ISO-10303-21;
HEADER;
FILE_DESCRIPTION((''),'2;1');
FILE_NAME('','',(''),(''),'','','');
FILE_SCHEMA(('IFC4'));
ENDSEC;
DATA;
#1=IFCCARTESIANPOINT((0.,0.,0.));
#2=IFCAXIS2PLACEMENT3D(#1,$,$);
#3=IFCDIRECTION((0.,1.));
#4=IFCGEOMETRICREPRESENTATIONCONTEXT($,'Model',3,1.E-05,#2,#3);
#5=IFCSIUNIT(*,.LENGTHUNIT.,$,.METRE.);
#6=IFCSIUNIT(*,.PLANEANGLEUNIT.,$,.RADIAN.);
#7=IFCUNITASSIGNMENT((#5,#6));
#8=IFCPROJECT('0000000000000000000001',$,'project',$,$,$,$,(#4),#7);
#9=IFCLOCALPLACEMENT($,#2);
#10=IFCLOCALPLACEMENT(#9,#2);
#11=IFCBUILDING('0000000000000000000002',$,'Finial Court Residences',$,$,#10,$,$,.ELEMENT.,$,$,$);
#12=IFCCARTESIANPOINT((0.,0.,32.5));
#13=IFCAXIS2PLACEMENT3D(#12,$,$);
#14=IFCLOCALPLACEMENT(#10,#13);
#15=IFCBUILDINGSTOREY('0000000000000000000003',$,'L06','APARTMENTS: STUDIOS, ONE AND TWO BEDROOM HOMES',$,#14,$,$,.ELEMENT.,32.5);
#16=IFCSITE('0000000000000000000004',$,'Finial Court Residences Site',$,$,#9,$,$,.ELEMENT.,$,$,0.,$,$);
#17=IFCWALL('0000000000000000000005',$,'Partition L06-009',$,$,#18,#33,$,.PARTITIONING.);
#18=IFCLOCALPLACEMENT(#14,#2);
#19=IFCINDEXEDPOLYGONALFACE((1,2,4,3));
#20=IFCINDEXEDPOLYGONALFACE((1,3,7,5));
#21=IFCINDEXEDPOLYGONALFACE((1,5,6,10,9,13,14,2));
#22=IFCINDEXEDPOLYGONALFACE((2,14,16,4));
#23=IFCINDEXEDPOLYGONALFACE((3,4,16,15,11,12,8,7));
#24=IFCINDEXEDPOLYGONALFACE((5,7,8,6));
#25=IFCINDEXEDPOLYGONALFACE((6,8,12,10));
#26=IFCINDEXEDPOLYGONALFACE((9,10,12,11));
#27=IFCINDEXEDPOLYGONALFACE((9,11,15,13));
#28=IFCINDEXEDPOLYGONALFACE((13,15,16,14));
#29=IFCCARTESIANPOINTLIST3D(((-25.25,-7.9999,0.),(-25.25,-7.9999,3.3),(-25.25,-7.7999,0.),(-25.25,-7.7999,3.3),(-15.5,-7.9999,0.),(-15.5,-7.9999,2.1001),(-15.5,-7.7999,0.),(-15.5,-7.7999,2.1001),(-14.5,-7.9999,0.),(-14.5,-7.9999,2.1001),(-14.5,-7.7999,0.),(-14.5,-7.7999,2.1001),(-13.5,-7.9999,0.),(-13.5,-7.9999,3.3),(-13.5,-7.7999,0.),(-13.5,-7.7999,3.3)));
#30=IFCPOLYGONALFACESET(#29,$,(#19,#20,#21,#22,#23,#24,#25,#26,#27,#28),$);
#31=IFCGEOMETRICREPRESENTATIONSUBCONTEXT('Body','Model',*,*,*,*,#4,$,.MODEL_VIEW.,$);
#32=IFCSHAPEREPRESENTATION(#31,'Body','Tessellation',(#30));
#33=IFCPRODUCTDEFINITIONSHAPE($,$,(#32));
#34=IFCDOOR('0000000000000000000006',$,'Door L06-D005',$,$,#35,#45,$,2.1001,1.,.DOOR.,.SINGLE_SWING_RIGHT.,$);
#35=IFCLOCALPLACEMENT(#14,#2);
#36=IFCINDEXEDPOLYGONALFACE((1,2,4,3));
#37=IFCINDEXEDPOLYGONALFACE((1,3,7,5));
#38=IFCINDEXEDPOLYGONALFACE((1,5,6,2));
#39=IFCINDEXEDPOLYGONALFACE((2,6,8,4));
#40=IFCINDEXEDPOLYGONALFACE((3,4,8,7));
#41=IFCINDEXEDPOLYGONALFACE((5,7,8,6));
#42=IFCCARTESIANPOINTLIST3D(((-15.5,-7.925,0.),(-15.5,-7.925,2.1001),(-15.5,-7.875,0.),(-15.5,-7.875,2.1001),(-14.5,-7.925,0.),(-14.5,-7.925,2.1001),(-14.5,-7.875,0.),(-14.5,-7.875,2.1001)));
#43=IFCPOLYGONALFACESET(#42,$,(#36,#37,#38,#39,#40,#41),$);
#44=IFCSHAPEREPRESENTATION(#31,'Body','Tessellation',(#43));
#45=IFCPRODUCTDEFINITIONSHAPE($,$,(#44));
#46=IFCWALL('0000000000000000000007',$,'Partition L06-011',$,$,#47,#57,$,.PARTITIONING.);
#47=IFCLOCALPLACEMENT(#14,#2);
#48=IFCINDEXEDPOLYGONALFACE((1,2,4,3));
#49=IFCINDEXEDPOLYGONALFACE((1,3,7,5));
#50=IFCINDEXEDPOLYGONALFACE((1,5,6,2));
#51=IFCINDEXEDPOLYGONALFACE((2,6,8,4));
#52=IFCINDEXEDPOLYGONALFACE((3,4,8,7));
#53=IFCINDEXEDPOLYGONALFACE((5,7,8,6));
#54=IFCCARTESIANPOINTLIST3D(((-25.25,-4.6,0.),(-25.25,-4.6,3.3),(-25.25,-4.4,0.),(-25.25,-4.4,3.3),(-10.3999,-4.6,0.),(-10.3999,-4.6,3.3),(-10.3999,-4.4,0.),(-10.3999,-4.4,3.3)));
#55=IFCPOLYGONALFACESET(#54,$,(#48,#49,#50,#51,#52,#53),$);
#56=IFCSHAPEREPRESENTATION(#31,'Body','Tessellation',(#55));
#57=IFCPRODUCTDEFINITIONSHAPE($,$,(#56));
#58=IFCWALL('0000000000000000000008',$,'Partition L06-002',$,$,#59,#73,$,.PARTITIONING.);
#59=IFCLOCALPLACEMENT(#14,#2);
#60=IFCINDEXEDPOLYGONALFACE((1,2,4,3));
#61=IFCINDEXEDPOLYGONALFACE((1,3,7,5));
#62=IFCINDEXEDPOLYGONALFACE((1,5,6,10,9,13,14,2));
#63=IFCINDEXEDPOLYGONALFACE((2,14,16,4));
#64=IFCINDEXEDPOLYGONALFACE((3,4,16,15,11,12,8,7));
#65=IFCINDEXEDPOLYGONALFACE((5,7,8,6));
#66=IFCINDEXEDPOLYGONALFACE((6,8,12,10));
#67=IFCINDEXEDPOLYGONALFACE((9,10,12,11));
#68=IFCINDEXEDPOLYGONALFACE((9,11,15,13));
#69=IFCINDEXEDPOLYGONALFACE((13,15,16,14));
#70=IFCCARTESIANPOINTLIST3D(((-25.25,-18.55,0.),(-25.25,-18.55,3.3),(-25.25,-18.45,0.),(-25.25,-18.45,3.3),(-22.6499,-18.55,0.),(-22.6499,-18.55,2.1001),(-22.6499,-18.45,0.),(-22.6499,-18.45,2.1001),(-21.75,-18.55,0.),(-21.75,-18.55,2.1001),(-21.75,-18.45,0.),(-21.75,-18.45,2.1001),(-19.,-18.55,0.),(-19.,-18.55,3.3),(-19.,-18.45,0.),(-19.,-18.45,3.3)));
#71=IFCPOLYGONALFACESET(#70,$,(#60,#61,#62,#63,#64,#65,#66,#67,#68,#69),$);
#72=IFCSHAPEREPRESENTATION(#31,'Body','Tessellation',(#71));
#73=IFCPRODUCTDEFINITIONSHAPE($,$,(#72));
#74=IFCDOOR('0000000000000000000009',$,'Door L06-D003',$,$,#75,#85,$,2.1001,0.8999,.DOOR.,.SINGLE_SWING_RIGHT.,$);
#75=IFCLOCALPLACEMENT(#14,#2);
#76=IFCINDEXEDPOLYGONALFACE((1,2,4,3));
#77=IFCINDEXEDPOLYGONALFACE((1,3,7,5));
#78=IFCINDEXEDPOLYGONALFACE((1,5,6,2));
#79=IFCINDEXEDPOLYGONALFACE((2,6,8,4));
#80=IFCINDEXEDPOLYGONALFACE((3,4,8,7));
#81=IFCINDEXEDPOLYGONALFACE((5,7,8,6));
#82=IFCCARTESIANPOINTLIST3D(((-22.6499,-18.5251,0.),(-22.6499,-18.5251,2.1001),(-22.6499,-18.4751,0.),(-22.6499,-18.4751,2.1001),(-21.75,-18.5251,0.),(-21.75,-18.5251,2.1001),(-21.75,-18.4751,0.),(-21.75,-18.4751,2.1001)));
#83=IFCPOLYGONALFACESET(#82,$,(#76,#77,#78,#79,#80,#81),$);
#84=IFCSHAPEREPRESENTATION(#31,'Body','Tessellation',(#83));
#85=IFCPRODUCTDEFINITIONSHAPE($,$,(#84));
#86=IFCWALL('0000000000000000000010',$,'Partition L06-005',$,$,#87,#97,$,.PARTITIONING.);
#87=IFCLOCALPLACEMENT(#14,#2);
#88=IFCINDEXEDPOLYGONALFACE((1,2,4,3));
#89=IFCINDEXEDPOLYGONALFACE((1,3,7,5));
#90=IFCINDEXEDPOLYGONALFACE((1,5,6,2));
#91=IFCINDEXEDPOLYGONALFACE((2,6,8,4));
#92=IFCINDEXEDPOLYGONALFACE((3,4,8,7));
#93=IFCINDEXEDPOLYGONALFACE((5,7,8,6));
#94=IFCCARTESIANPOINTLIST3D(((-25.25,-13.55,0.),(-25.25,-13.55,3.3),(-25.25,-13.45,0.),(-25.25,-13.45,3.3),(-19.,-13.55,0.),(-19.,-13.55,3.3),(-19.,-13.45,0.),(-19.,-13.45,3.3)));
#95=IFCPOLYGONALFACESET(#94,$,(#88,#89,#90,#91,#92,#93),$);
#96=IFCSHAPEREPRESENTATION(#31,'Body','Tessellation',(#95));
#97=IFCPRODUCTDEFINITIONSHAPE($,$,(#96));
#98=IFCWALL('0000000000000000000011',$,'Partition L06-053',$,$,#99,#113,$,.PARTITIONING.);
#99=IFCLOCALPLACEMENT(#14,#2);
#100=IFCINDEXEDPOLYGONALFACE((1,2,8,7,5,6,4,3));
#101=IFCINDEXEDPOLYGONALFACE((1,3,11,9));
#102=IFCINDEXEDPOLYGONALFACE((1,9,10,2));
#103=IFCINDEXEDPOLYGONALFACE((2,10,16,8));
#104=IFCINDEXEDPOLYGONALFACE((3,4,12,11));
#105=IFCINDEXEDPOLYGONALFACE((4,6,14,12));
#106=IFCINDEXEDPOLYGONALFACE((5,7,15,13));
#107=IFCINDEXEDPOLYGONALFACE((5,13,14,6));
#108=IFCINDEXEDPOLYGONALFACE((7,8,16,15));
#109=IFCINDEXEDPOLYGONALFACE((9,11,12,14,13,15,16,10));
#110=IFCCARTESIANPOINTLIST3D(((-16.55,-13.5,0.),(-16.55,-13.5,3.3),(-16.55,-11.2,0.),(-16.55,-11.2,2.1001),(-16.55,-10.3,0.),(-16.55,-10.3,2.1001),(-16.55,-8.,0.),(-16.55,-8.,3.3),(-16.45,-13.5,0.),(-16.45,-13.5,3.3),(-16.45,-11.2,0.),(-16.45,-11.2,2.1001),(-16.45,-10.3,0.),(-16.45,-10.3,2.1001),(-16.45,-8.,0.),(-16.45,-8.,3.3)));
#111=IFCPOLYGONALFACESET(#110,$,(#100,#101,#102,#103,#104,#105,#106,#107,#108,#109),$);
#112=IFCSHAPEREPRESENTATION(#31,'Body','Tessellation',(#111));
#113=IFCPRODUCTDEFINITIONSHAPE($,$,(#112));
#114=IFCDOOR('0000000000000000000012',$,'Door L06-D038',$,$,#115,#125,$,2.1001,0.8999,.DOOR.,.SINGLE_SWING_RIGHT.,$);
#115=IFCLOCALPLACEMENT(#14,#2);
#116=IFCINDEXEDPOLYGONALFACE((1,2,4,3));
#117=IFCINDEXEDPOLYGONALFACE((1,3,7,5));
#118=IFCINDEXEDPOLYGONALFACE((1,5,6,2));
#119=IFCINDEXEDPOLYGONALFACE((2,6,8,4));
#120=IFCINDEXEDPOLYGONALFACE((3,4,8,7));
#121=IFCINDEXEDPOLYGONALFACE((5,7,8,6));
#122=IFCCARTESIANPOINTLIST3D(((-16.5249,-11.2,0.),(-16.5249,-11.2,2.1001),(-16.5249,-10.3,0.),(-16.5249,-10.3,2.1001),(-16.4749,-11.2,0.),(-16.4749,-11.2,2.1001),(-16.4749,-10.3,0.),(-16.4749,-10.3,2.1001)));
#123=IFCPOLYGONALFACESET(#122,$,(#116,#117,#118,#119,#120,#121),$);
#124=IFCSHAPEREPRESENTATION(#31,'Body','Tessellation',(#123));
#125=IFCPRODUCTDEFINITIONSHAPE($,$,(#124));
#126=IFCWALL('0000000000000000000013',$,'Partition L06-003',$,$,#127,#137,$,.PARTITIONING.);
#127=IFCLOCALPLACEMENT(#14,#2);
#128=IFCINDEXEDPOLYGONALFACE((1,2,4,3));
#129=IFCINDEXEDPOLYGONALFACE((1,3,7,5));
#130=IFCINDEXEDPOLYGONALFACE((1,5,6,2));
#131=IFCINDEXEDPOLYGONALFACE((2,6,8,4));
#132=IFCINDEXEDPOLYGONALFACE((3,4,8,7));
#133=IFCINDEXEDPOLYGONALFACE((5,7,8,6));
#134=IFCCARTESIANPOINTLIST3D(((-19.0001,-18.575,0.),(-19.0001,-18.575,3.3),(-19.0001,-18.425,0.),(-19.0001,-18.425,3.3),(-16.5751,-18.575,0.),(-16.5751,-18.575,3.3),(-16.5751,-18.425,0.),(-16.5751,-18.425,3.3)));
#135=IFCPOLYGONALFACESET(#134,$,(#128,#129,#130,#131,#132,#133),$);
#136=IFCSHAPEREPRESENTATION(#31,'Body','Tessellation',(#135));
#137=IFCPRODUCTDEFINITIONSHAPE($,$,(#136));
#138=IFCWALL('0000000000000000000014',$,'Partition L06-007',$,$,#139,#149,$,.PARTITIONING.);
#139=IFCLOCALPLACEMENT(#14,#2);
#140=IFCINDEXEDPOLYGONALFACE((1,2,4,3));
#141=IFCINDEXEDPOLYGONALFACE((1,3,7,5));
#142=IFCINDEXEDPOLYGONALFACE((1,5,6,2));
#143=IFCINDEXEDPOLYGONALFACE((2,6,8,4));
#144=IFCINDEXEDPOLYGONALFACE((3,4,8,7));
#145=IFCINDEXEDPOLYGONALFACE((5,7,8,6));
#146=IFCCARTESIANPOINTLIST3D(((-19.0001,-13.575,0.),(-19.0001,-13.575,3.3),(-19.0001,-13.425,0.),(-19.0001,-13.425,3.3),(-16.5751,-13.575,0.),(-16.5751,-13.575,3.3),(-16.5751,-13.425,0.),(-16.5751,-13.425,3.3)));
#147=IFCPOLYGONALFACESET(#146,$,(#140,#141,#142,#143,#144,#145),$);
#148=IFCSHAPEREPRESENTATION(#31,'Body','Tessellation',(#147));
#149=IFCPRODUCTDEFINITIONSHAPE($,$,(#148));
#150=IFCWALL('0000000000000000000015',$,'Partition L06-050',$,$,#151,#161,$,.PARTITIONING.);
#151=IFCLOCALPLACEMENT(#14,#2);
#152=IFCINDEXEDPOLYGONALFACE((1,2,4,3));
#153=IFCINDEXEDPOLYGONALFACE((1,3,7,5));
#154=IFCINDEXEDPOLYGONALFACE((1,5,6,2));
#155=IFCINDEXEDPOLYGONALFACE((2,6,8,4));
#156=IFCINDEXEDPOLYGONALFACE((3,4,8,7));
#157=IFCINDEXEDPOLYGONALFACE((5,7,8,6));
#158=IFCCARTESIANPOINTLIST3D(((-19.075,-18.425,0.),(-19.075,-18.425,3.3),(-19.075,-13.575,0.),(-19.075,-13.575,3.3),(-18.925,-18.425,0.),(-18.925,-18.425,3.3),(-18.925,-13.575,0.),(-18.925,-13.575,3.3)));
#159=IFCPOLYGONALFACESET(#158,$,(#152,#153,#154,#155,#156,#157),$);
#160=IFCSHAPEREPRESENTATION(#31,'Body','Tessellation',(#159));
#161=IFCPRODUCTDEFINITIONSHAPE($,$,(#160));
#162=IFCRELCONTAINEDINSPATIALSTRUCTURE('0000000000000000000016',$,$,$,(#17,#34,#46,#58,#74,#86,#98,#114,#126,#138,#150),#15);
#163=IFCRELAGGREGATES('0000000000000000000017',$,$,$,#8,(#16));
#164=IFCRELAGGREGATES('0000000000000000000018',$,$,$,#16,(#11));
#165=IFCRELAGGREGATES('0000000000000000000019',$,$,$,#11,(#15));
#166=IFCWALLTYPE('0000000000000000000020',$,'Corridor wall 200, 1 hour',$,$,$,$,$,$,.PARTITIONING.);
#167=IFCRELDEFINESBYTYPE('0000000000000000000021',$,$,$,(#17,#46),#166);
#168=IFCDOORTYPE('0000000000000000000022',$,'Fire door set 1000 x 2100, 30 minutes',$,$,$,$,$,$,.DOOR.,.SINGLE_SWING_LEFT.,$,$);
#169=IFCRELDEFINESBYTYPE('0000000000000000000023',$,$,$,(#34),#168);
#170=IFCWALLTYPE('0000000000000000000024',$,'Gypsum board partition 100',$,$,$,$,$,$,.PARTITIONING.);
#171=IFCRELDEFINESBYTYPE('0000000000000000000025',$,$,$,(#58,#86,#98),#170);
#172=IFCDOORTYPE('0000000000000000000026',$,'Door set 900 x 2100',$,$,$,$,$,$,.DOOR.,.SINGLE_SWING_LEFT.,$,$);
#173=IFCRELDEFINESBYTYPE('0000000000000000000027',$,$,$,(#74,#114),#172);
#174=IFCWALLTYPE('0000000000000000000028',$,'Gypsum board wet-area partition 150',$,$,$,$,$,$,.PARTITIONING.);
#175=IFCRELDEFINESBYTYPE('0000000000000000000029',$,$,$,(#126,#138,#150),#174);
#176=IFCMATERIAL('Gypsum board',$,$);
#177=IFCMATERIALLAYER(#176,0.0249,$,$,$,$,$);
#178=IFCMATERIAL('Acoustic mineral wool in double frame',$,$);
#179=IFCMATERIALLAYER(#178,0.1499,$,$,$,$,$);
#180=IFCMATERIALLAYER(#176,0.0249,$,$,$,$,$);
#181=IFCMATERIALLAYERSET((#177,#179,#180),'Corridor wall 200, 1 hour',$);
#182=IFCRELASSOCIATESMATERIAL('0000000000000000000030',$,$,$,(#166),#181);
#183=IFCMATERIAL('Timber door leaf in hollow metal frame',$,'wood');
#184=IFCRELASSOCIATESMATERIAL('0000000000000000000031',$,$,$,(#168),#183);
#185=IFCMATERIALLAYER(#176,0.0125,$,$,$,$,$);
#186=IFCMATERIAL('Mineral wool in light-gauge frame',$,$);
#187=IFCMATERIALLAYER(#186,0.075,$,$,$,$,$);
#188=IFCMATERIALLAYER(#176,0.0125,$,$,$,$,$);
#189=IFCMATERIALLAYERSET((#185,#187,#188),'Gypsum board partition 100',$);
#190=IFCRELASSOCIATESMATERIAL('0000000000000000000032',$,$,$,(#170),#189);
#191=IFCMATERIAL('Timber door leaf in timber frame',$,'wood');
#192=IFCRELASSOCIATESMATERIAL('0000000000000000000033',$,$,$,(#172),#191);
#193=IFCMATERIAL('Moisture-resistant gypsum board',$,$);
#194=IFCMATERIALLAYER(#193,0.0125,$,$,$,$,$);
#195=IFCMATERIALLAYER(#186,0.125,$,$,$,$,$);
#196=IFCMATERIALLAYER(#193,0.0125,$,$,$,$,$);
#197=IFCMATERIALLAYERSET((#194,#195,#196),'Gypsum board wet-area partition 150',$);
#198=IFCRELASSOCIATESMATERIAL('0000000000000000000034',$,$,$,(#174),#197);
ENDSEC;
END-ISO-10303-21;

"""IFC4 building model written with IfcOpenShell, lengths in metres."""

from ifc_helpers import new_model, si_unit, direction, frame, frame_2d, origin, place, context, subcontext, project, spatial, rectangle, extrude, material, layer, layer_set, type_object, element, fill, save


model = new_model("IFC4")

# Units and contexts
model_context = context("Model", 3, precision=1e-05, world=origin(), true_north=direction((0.0, 1.0)))
body_context = subcontext(model_context, "Body", "Model", "MODEL_VIEW")
ifc_project = project(units=[si_unit("LENGTHUNIT", "METRE"), si_unit("PLANEANGLEUNIT", "RADIAN")], contexts=[model_context])

# Site, building, storey
site_placement = place(None, origin())
site = spatial("IfcSite", under=ifc_project, at=site_placement, Name="Finial Court Residences Site", CompositionType="ELEMENT", RefElevation=0.0)
building_placement = place(site_placement, origin())
building = spatial("IfcBuilding", under=site, at=building_placement, Name="Finial Court Residences", CompositionType="ELEMENT")
storey_placement = place(building_placement, frame((0.0, 0.0, 32.5)))
storey = spatial("IfcBuildingStorey", under=building, at=storey_placement, Name="L06", Description="APARTMENTS: STUDIOS, ONE AND TWO BEDROOM HOMES", CompositionType="ELEMENT", Elevation=32.5)

# Wall, opening, door
ifc_material_1 = material(Name="Gypsum board")
ifc_layer_1 = layer(ifc_material_1, 0.0249)
ifc_material_2 = material(Name="Acoustic mineral wool in double frame")
ifc_layer_2 = layer(ifc_material_2, 0.1499)
ifc_layer_3 = layer(ifc_material_1, 0.0249)
ifc_layer_set_1 = layer_set([ifc_layer_1, ifc_layer_2, ifc_layer_3], Name="Corridor wall 200, 1 hour")
wall_type_1 = type_object("IfcWallType", Name="Corridor wall 200, 1 hour", PredefinedType="PARTITIONING", material=ifc_layer_set_1)
wall_1_placement = place(storey_placement, frame((-25.25, -7.8999, 0.0), z_axis=(0.0, 0.0, 1.0), x_axis=(1.0, 0.0, 0.0)))
wall_1 = element("IfcWall", 1, at=wall_1_placement, inside=storey, type_object=wall_type_1, Name="Partition L06-009", PredefinedType="PARTITIONING", context=body_context, shape_type="SweptSolid", body=[
    extrude(rectangle(XDim=11.75, YDim=0.2, at=frame_2d((5.875, 0.0))), origin(), (0.0, 0.0, 1.0), 3.3),
])
opening_1_placement = place(wall_1_placement, frame((9.75, 0.0, 0.0)))
opening_1 = element("IfcOpeningElement", 2, at=opening_1_placement, cuts=wall_1, PredefinedType="OPENING", context=body_context, shape_type="SweptSolid", body=[
    extrude(rectangle(XDim=1.0, YDim=2.1001, at=frame_2d((0.5, 1.05))), frame((0.0, 0.1099, 0.0), z_axis=(0.0, -1.0, 0.0), x_axis=(1.0, 0.0, 0.0)), (0.0, 0.0, 1.0), 0.22),
])
ifc_material_3 = material(Name="Timber door leaf in hollow metal frame", Category="wood")
door_type_1 = type_object("IfcDoorType", Name="Fire door set 1000 x 2100, 30 minutes", OperationType="SINGLE_SWING_LEFT", PredefinedType="DOOR", material=ifc_material_3)
door_1_placement = place(opening_1_placement, origin())
door_1 = element("IfcDoor", 3, at=door_1_placement, inside=storey, type_object=door_type_1, Name="Door L06-D005", OperationType="SINGLE_SWING_RIGHT", OverallHeight=2.1001, OverallWidth=1.0, PredefinedType="DOOR", context=body_context, shape_type="SweptSolid", body=[
    extrude(rectangle(XDim=1.0, YDim=2.1001, at=frame_2d((0.5, 1.05))), frame((0.0, 0.0249, 0.0), z_axis=(0.0, -1.0, 0.0), x_axis=(1.0, 0.0, 0.0)), (0.0, 0.0, 1.0), 0.05),
])
fill(opening_1, door_1)

# Wall
wall_2_placement = place(storey_placement, frame((-25.25, -4.5, 0.0), z_axis=(0.0, 0.0, 1.0), x_axis=(1.0, 0.0, 0.0)))
element("IfcWall", 4, at=wall_2_placement, inside=storey, type_object=wall_type_1, Name="Partition L06-011", PredefinedType="PARTITIONING", context=body_context, shape_type="SweptSolid", body=[
    extrude(rectangle(XDim=14.8501, YDim=0.2, at=frame_2d((7.425, 0.0))), origin(), (0.0, 0.0, 1.0), 3.3),
])

# Wall, opening, door
ifc_layer_4 = layer(ifc_material_1, 0.0125)
ifc_material_4 = material(Name="Mineral wool in light-gauge frame")
ifc_layer_5 = layer(ifc_material_4, 0.075)
ifc_layer_6 = layer(ifc_material_1, 0.0125)
ifc_layer_set_2 = layer_set([ifc_layer_4, ifc_layer_5, ifc_layer_6], Name="Gypsum board partition 100")
wall_type_2 = type_object("IfcWallType", Name="Gypsum board partition 100", PredefinedType="PARTITIONING", material=ifc_layer_set_2)
wall_3_placement = place(storey_placement, frame((-25.25, -18.5, 0.0), z_axis=(0.0, 0.0, 1.0), x_axis=(1.0, 0.0, 0.0)))
wall_3 = element("IfcWall", 5, at=wall_3_placement, inside=storey, type_object=wall_type_2, Name="Partition L06-002", PredefinedType="PARTITIONING", context=body_context, shape_type="SweptSolid", body=[
    extrude(rectangle(XDim=6.25, YDim=0.1001, at=frame_2d((3.125, 0.0))), origin(), (0.0, 0.0, 1.0), 3.3),
])
opening_2_placement = place(wall_3_placement, frame((2.6001, 0.0, 0.0)))
opening_2 = element("IfcOpeningElement", 6, at=opening_2_placement, cuts=wall_3, PredefinedType="OPENING", context=body_context, shape_type="SweptSolid", body=[
    extrude(rectangle(XDim=0.8999, YDim=2.1001, at=frame_2d((0.45, 1.05))), frame((0.0, 0.0601, 0.0), z_axis=(0.0, -1.0, 0.0), x_axis=(1.0, 0.0, 0.0)), (0.0, 0.0, 1.0), 0.1201),
])
ifc_material_5 = material(Name="Timber door leaf in timber frame", Category="wood")
door_type_2 = type_object("IfcDoorType", Name="Door set 900 x 2100", OperationType="SINGLE_SWING_LEFT", PredefinedType="DOOR", material=ifc_material_5)
door_2_placement = place(opening_2_placement, origin())
door_2 = element("IfcDoor", 7, at=door_2_placement, inside=storey, type_object=door_type_2, Name="Door L06-D003", OperationType="SINGLE_SWING_RIGHT", OverallHeight=2.1001, OverallWidth=0.8999, PredefinedType="DOOR", context=body_context, shape_type="SweptSolid", body=[
    extrude(rectangle(XDim=0.8999, YDim=2.1001, at=frame_2d((0.45, 1.05))), frame((0.0, 0.0249, 0.0), z_axis=(0.0, -1.0, 0.0), x_axis=(1.0, 0.0, 0.0)), (0.0, 0.0, 1.0), 0.05),
])
fill(opening_2, door_2)

# Wall
wall_4_placement = place(storey_placement, frame((-25.25, -13.5, 0.0), z_axis=(0.0, 0.0, 1.0), x_axis=(1.0, 0.0, 0.0)))
element("IfcWall", 8, at=wall_4_placement, inside=storey, type_object=wall_type_2, Name="Partition L06-005", PredefinedType="PARTITIONING", context=body_context, shape_type="SweptSolid", body=[
    extrude(rectangle(XDim=6.25, YDim=0.1001, at=frame_2d((3.125, 0.0))), origin(), (0.0, 0.0, 1.0), 3.3),
])

# Wall, opening, door
wall_5_placement = place(storey_placement, frame((-16.5, -13.5, 0.0), z_axis=(0.0, 0.0, 1.0), x_axis=(0.0, 1.0, 0.0)))
wall_5 = element("IfcWall", 9, at=wall_5_placement, inside=storey, type_object=wall_type_2, Name="Partition L06-053", PredefinedType="PARTITIONING", context=body_context, shape_type="SweptSolid", body=[
    extrude(rectangle(XDim=5.5, YDim=0.1001, at=frame_2d((2.75, 0.0))), origin(), (0.0, 0.0, 1.0), 3.3),
])
opening_3_placement = place(wall_5_placement, frame((2.3, 0.0, 0.0)))
opening_3 = element("IfcOpeningElement", 10, at=opening_3_placement, cuts=wall_5, PredefinedType="OPENING", context=body_context, shape_type="SweptSolid", body=[
    extrude(rectangle(XDim=0.8999, YDim=2.1001, at=frame_2d((0.45, 1.05))), frame((0.0, 0.0601, 0.0), z_axis=(0.0, -1.0, 0.0), x_axis=(1.0, 0.0, 0.0)), (0.0, 0.0, 1.0), 0.1201),
])
door_3_placement = place(opening_3_placement, origin())
door_3 = element("IfcDoor", 11, at=door_3_placement, inside=storey, type_object=door_type_2, Name="Door L06-D038", OperationType="SINGLE_SWING_RIGHT", OverallHeight=2.1001, OverallWidth=0.8999, PredefinedType="DOOR", context=body_context, shape_type="SweptSolid", body=[
    extrude(rectangle(XDim=0.8999, YDim=2.1001, at=frame_2d((0.45, 1.05))), frame((0.0, 0.0249, 0.0), z_axis=(0.0, -1.0, 0.0), x_axis=(1.0, 0.0, 0.0)), (0.0, 0.0, 1.0), 0.05),
])
fill(opening_3, door_3)

# Walls
ifc_material_6 = material(Name="Moisture-resistant gypsum board")
ifc_layer_7 = layer(ifc_material_6, 0.0125)
ifc_layer_8 = layer(ifc_material_4, 0.125)
ifc_layer_9 = layer(ifc_material_6, 0.0125)
ifc_layer_set_3 = layer_set([ifc_layer_7, ifc_layer_8, ifc_layer_9], Name="Gypsum board wet-area partition 150")
wall_type_3 = type_object("IfcWallType", Name="Gypsum board wet-area partition 150", PredefinedType="PARTITIONING", material=ifc_layer_set_3)
for number, where, z_axis, x_axis, name in (
    (12, (-19.0, -18.5, 0.0), (0.0, 0.0, 1.0), (1.0, 0.0, 0.0), "Partition L06-003"),
    (13, (-19.0, -13.5, 0.0), (0.0, 0.0, 1.0), (1.0, 0.0, 0.0), "Partition L06-007"),
):
    element("IfcWall", number, at=place(storey_placement, frame(where, z_axis=z_axis, x_axis=x_axis)), inside=storey, type_object=wall_type_3, Name=name, PredefinedType="PARTITIONING", context=body_context, shape_type="SweptSolid", body=[
        extrude(rectangle(XDim=2.425, YDim=0.1499, at=frame_2d((1.2124, 0.0))), origin(), (0.0, 0.0, 1.0), 3.3),
    ])
wall_6_placement = place(storey_placement, frame((-19.0, -18.425, 0.0), z_axis=(0.0, 0.0, 1.0), x_axis=(0.0, 1.0, 0.0)))
element("IfcWall", 14, at=wall_6_placement, inside=storey, type_object=wall_type_3, Name="Partition L06-050", PredefinedType="PARTITIONING", context=body_context, shape_type="SweptSolid", body=[
    extrude(rectangle(XDim=4.8501, YDim=0.1499, at=frame_2d((2.425, 0.0))), origin(), (0.0, 0.0, 1.0), 3.3),
])

save(model, "model.ifc")
